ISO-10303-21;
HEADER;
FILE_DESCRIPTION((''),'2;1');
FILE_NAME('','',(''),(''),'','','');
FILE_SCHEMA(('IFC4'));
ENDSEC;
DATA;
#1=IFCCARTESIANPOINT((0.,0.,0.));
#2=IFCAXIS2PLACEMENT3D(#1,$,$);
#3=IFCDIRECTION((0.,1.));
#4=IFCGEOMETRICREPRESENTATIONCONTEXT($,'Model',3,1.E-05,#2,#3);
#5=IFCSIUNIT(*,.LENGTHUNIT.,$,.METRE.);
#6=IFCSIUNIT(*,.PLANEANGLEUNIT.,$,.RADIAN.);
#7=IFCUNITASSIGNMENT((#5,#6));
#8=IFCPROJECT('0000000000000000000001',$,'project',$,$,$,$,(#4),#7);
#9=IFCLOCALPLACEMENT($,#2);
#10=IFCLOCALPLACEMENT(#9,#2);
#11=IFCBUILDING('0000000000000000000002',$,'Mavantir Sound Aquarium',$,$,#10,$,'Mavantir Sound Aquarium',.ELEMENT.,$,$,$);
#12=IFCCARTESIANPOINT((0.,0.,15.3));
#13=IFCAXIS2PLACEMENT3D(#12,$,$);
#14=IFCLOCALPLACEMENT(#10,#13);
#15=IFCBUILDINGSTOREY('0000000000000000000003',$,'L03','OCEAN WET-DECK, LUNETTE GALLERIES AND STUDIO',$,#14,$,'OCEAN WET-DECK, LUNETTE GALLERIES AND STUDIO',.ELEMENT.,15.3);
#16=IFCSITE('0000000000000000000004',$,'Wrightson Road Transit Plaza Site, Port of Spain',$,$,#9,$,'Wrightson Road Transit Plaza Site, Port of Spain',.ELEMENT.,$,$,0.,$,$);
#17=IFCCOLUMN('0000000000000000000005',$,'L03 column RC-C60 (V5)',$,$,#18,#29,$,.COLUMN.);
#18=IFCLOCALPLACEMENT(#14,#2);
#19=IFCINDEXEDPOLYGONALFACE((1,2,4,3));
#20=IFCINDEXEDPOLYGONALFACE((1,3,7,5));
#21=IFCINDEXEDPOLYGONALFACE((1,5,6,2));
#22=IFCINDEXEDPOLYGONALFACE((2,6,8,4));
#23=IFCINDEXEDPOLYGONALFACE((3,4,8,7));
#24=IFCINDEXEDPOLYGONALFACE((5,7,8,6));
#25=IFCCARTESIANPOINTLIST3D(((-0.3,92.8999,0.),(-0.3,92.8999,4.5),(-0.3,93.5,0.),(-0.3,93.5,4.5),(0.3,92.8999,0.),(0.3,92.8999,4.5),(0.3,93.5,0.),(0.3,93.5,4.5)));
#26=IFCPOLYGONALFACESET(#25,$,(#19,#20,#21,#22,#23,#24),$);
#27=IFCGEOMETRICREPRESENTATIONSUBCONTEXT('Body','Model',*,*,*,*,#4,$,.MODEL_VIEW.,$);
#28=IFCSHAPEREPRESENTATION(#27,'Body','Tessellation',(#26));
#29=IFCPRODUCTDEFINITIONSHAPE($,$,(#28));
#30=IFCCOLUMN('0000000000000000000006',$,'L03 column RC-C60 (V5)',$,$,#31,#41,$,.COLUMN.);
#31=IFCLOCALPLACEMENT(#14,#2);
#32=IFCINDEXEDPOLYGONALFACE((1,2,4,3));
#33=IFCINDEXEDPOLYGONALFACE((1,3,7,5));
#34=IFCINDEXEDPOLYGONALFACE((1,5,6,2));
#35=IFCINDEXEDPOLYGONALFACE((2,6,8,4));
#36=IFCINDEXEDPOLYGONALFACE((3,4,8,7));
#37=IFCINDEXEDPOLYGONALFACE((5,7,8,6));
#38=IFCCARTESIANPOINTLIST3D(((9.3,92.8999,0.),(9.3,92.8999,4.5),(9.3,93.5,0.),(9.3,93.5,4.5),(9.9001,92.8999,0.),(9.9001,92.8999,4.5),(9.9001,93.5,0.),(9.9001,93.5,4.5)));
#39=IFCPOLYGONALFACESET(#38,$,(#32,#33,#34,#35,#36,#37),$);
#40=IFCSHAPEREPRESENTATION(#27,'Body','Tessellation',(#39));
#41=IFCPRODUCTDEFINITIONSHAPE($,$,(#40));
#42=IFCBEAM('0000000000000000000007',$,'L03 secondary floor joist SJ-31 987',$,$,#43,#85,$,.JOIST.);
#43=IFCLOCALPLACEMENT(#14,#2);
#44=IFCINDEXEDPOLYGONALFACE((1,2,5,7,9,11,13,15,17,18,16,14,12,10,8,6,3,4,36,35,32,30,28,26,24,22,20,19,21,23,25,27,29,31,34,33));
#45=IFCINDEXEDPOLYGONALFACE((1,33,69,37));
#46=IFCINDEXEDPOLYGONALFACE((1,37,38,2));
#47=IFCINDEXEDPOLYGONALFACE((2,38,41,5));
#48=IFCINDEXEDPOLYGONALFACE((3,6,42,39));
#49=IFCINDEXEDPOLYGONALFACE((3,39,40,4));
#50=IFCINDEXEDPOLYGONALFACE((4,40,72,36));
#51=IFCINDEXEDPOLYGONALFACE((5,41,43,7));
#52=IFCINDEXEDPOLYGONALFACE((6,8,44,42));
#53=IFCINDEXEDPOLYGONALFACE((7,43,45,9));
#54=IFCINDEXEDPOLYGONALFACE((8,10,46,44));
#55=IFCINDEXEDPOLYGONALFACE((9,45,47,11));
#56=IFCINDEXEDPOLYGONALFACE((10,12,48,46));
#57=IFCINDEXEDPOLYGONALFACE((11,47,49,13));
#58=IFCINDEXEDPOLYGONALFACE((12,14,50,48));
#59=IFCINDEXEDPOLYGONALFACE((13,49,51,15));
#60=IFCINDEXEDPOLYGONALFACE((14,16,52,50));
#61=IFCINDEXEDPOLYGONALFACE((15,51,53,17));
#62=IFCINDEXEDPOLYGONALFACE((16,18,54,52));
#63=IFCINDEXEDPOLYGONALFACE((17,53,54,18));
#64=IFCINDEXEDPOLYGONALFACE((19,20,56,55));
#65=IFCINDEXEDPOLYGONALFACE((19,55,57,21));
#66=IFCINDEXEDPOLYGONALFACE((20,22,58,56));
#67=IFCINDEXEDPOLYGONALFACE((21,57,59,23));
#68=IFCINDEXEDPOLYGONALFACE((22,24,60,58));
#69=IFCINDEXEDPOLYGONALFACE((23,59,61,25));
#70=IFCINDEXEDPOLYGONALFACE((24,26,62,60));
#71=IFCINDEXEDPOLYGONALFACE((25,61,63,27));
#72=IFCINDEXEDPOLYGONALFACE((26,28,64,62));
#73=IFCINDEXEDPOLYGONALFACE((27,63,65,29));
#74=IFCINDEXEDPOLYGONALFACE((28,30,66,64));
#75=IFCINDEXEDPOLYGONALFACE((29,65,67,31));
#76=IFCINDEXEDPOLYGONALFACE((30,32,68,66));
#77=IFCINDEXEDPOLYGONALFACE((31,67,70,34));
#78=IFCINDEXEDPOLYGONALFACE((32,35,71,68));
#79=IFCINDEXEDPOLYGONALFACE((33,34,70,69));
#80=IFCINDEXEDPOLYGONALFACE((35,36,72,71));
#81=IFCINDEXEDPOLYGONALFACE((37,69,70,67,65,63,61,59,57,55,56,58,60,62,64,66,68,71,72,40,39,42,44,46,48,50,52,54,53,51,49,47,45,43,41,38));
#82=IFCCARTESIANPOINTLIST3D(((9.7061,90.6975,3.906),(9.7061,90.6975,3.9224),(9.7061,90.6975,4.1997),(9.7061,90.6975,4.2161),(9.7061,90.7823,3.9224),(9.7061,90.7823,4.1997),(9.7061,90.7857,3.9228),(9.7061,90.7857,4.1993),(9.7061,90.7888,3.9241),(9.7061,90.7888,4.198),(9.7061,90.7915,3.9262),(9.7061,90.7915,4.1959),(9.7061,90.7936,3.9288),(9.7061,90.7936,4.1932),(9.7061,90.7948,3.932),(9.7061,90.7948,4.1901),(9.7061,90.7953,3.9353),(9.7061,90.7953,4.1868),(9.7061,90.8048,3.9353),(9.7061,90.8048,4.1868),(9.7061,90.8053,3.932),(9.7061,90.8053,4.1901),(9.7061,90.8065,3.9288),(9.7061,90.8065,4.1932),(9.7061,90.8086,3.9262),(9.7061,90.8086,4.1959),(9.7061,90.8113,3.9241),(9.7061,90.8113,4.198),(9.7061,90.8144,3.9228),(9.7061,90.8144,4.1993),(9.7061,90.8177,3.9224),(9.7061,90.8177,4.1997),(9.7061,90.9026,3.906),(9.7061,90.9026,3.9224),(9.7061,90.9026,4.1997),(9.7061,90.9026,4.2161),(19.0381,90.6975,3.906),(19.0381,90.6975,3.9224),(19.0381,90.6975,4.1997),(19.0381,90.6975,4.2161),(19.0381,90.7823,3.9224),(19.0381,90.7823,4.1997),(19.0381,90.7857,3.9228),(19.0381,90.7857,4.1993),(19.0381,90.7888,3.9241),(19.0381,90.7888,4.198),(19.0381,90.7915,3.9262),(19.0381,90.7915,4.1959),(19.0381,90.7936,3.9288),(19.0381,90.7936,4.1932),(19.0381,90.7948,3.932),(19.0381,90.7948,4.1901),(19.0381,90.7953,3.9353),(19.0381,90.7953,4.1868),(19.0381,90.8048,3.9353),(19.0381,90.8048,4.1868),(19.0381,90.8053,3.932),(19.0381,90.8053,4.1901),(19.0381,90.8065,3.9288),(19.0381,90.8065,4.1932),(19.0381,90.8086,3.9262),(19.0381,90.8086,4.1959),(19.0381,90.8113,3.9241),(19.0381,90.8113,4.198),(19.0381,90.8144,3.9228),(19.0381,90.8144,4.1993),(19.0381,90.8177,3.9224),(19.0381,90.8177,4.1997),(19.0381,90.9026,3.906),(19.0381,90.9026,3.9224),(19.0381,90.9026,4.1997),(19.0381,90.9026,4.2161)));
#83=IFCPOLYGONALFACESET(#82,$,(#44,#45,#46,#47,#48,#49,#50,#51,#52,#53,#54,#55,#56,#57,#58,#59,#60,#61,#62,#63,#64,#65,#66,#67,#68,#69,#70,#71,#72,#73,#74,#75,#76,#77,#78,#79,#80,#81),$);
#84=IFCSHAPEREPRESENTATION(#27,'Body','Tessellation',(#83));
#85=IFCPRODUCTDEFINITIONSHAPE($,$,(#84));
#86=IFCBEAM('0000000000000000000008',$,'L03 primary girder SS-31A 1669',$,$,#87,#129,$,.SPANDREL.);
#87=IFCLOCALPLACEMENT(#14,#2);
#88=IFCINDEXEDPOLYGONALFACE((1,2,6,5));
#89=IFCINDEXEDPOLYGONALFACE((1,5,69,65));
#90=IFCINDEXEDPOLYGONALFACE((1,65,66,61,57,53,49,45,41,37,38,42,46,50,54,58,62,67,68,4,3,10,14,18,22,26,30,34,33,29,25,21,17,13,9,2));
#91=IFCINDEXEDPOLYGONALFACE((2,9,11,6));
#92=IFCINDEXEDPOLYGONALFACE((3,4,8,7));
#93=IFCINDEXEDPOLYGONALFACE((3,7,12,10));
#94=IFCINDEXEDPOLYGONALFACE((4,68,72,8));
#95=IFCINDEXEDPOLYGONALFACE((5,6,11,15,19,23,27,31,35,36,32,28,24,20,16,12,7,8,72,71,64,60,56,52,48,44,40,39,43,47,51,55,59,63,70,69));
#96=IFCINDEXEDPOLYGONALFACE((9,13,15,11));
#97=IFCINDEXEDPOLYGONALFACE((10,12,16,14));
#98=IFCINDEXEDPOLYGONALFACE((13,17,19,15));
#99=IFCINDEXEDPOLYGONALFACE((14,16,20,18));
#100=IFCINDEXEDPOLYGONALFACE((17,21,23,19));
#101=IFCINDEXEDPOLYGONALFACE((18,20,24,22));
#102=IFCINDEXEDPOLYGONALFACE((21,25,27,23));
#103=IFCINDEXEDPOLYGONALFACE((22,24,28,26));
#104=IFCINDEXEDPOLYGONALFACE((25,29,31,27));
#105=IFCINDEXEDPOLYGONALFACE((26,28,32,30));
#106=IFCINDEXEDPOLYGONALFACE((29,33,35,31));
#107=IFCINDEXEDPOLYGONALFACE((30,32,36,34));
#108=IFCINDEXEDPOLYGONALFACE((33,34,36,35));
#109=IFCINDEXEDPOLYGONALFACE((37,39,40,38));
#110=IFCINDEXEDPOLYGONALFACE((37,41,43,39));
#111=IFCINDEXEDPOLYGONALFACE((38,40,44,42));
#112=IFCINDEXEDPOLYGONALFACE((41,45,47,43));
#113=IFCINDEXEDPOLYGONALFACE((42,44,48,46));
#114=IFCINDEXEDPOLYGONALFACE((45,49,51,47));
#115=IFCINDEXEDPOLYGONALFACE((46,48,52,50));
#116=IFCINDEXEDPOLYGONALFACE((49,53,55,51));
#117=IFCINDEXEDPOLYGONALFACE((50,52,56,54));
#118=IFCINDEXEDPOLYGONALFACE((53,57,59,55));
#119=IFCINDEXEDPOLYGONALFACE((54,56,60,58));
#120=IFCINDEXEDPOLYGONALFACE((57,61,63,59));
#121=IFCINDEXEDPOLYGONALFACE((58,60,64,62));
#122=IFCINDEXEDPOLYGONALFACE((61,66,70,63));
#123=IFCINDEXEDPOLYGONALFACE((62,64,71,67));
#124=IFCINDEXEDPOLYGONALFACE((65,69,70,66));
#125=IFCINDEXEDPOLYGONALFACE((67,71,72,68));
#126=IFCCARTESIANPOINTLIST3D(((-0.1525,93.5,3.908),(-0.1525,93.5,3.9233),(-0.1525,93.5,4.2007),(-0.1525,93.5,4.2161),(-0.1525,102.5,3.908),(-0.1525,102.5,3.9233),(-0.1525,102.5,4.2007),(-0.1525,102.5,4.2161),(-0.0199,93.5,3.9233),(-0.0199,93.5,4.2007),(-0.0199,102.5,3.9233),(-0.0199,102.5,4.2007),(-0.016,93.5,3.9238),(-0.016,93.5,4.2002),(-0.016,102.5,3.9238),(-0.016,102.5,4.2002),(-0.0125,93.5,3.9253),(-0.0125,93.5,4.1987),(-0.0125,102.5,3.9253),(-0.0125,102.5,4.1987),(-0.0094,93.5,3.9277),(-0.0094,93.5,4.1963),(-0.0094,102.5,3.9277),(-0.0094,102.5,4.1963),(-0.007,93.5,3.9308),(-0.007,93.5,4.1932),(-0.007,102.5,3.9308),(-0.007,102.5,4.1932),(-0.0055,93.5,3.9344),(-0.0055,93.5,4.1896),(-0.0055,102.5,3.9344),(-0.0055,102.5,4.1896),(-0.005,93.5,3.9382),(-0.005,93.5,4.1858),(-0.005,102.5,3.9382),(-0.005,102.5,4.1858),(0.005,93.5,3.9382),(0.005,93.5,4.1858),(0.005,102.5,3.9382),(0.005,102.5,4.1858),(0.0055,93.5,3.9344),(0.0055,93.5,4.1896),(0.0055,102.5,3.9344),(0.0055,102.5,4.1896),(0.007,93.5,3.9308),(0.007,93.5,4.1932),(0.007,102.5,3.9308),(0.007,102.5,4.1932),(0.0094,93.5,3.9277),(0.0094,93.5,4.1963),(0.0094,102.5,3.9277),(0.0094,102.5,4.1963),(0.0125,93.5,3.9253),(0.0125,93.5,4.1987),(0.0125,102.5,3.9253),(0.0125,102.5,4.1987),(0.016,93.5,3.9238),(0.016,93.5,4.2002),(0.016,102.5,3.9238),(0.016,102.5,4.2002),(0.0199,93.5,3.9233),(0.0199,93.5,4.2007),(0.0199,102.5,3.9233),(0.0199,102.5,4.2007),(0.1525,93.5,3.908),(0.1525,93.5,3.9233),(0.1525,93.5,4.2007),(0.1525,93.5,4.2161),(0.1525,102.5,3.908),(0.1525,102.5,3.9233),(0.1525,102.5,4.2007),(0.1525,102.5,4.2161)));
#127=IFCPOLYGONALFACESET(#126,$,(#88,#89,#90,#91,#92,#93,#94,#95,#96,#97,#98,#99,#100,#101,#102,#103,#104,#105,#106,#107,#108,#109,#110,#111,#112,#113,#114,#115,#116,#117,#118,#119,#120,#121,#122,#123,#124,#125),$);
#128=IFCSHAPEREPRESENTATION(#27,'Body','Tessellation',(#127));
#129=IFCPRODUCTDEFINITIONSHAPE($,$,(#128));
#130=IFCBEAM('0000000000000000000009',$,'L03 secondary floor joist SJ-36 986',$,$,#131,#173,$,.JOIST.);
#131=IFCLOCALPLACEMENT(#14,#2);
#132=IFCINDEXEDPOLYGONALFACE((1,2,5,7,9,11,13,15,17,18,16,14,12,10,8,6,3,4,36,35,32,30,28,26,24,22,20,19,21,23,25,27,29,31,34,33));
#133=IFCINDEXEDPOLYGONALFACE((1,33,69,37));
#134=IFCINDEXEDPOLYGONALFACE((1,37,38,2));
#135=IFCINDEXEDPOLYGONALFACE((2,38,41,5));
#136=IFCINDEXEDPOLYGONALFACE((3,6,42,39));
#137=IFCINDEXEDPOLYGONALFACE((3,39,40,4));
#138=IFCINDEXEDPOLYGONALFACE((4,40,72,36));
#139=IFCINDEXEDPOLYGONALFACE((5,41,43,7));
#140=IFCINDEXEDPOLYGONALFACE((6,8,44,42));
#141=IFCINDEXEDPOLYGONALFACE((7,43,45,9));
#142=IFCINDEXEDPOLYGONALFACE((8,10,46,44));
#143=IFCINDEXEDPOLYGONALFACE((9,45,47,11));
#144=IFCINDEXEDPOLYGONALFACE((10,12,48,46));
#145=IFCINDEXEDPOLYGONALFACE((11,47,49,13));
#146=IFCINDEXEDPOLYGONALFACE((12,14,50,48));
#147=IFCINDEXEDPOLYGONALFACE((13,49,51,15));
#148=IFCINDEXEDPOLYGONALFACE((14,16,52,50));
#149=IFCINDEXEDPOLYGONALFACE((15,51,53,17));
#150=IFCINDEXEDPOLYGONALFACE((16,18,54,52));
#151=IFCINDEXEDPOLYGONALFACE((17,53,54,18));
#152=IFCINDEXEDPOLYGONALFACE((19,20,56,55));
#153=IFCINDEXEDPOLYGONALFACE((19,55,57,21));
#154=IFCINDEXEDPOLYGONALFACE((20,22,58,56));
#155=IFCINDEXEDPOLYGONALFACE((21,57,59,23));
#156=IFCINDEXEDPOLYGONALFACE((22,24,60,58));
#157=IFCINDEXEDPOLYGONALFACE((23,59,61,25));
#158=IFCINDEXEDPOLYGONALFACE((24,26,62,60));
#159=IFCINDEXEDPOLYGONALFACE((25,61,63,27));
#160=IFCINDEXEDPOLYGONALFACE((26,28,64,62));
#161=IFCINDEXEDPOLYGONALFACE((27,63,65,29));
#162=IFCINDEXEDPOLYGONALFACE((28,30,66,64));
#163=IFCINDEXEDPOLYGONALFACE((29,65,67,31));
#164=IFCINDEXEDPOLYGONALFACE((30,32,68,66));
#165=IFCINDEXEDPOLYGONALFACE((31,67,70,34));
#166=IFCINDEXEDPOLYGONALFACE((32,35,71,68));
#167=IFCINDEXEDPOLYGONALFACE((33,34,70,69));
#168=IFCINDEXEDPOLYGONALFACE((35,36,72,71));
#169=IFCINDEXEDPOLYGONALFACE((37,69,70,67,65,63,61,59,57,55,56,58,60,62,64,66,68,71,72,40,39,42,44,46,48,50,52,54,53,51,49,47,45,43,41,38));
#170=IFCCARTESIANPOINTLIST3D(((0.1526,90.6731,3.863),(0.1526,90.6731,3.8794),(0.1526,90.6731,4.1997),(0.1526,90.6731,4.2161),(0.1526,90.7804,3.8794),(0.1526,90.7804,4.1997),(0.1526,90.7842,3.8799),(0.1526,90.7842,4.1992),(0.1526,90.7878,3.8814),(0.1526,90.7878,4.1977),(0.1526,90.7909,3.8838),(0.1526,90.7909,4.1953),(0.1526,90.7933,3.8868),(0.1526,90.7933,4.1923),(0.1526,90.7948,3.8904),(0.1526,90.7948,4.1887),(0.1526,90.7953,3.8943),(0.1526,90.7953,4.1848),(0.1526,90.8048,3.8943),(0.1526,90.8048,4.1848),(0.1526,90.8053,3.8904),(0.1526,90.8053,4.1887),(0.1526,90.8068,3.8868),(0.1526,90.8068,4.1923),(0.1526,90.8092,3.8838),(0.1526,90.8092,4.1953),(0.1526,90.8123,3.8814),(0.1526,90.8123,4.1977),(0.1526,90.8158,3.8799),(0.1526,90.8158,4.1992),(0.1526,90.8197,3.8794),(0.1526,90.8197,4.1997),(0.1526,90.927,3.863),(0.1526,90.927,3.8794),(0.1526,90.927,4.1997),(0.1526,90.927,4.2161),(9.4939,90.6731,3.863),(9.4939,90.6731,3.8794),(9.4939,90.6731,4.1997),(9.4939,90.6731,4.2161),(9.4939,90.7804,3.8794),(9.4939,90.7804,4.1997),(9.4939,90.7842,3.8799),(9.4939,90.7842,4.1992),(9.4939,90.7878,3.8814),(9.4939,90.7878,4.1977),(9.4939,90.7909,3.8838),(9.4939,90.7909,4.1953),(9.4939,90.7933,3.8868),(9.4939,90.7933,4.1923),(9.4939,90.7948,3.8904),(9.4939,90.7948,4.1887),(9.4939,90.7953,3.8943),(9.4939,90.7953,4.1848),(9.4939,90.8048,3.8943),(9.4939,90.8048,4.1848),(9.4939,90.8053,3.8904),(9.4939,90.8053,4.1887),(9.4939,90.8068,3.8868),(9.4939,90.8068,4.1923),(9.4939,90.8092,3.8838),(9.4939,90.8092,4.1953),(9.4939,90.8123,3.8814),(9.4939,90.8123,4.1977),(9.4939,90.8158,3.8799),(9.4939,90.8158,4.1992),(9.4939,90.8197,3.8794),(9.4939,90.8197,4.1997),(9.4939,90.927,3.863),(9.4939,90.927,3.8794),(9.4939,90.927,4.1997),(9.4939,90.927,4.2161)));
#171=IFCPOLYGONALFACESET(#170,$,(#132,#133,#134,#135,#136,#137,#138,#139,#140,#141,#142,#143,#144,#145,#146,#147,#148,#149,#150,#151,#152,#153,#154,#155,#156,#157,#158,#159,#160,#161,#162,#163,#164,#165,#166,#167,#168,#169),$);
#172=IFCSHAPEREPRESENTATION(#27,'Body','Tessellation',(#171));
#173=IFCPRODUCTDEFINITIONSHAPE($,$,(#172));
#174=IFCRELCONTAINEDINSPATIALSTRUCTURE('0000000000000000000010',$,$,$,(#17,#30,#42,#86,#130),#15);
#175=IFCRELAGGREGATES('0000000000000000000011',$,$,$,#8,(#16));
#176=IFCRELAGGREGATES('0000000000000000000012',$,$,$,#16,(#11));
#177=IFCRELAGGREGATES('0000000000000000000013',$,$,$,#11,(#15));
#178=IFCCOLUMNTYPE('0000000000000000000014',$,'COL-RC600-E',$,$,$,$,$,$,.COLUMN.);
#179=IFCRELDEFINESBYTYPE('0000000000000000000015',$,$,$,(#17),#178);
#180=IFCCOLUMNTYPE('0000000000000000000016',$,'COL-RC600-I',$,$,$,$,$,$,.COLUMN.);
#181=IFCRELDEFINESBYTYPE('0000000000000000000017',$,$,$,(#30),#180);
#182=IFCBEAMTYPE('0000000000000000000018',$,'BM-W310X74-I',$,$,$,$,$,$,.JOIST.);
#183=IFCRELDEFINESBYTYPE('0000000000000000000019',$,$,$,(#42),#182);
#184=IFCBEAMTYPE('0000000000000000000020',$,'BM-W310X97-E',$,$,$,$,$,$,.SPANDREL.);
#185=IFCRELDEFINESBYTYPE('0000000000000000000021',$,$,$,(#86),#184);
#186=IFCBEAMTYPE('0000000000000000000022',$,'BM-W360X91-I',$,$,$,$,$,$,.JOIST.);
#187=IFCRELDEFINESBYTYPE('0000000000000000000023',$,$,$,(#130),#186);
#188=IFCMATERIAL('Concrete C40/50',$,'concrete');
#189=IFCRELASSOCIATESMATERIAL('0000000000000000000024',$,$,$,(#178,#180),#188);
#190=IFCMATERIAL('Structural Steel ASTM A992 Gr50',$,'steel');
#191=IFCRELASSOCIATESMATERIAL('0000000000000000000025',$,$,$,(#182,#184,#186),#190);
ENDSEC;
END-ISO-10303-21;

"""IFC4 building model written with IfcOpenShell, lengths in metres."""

from ifc_helpers import new_model, si_unit, direction, frame, origin, origin_2d, place, context, subcontext, project, spatial, rectangle, i_section, extrude, material, material_profile, profile_set, type_object, element, save


model = new_model("IFC4")

# Units and contexts
model_context = context("Model", 3, precision=1e-05, world=origin(), true_north=direction((0.0, 1.0)))
body_context = subcontext(model_context, "Body", "Model", "MODEL_VIEW")
ifc_project = project(units=[si_unit("LENGTHUNIT", "METRE"), si_unit("PLANEANGLEUNIT", "RADIAN")], contexts=[model_context])

# Site, building, storey
site_placement = place(None, origin())
site = spatial("IfcSite", under=ifc_project, at=site_placement, Name="Wrightson Road Transit Plaza Site, Port of Spain", LongName="Wrightson Road Transit Plaza Site, Port of Spain", CompositionType="ELEMENT", RefElevation=0.0)
building_placement = place(site_placement, origin())
building = spatial("IfcBuilding", under=site, at=building_placement, Name="Mavantir Sound Aquarium", LongName="Mavantir Sound Aquarium", CompositionType="ELEMENT")
storey_placement = place(building_placement, frame((0.0, 0.0, 15.3)))
storey = spatial("IfcBuildingStorey", under=building, at=storey_placement, Name="L03", Description="OCEAN WET-DECK, LUNETTE GALLERIES AND STUDIO", LongName="OCEAN WET-DECK, LUNETTE GALLERIES AND STUDIO", CompositionType="ELEMENT", Elevation=15.3)

# Columns
ifc_material_1 = material(Name="Concrete C40/50", Category="concrete")
ifc_material_profile_1 = material_profile(ifc_material_1, rectangle(XDim=0.6001, YDim=0.6001, at=origin_2d()), Name="RC 600X600")
ifc_profile_set_1 = profile_set([ifc_material_profile_1], Name="Concrete C40/50")
column_type_1 = type_object("IfcColumnType", Name="COL-RC600-E", PredefinedType="COLUMN", material=ifc_profile_set_1)
column_1_placement = place(storey_placement, frame((0.0, 93.2, 0.0), z_axis=(0.0, 0.0, 1.0), x_axis=(1.0, 0.0, 0.0)))
element("IfcColumn", 1, at=column_1_placement, inside=storey, type_object=column_type_1, Name="L03 column RC-C60 (V5)", PredefinedType="COLUMN", context=body_context, shape_type="SweptSolid", body=[
    extrude(rectangle(XDim=0.6001, YDim=0.6001, at=origin_2d()), origin(), (0.0, 0.0, 1.0), 4.5),
])
ifc_material_profile_2 = material_profile(ifc_material_1, rectangle(XDim=0.6001, YDim=0.6001, at=origin_2d()), Name="RC 600X600")
ifc_profile_set_2 = profile_set([ifc_material_profile_2], Name="Concrete C40/50")
column_type_2 = type_object("IfcColumnType", Name="COL-RC600-I", PredefinedType="COLUMN", material=ifc_profile_set_2)
column_2_placement = place(storey_placement, frame((9.6001, 93.2, 0.0), z_axis=(0.0, 0.0, 1.0), x_axis=(1.0, 0.0, 0.0)))
element("IfcColumn", 2, at=column_2_placement, inside=storey, type_object=column_type_2, Name="L03 column RC-C60 (V5)", PredefinedType="COLUMN", context=body_context, shape_type="SweptSolid", body=[
    extrude(rectangle(XDim=0.6001, YDim=0.6001, at=origin_2d()), origin(), (0.0, 0.0, 1.0), 4.5),
])

# Beams
ifc_material_2 = material(Name="Structural Steel ASTM A992 Gr50", Category="steel")
ifc_material_profile_3 = material_profile(ifc_material_2, i_section(OverallWidth=0.2051, OverallDepth=0.3101, WebThickness=0.0095, FlangeThickness=0.0164, FilletRadius=0.0129, at=origin_2d()), Name="W310X74")
ifc_profile_set_3 = profile_set([ifc_material_profile_3], Name="Structural Steel ASTM A992 Gr50")
beam_type_1 = type_object("IfcBeamType", Name="BM-W310X74-I", PredefinedType="JOIST", material=ifc_profile_set_3)
beam_1_placement = place(storey_placement, frame((9.7061, 90.8, 4.061), z_axis=(1.0, 0.0, 0.0), x_axis=(0.0, 1.0, 0.0)))
element("IfcBeam", 3, at=beam_1_placement, inside=storey, type_object=beam_type_1, Name="L03 secondary floor joist SJ-31 987", PredefinedType="JOIST", context=body_context, shape_type="SweptSolid", body=[
    extrude(i_section(OverallWidth=0.2051, OverallDepth=0.3101, WebThickness=0.0095, FlangeThickness=0.0164, FilletRadius=0.0129, at=origin_2d()), origin(), (0.0, 0.0, 1.0), 9.332),
])
ifc_material_profile_4 = material_profile(ifc_material_2, i_section(OverallWidth=0.3049, OverallDepth=0.3081, WebThickness=0.01, FlangeThickness=0.0154, FilletRadius=0.0149, at=origin_2d()), Name="W310X97")
ifc_profile_set_4 = profile_set([ifc_material_profile_4], Name="Structural Steel ASTM A992 Gr50")
beam_type_2 = type_object("IfcBeamType", Name="BM-W310X97-E", PredefinedType="SPANDREL", material=ifc_profile_set_4)
beam_2_placement = place(storey_placement, frame((0.0, 93.5, 4.062), z_axis=(0.0, 1.0, 0.0), x_axis=(-1.0, 0.0, 0.0)))
element("IfcBeam", 4, at=beam_2_placement, inside=storey, type_object=beam_type_2, Name="L03 primary girder SS-31A 1669", PredefinedType="SPANDREL", context=body_context, shape_type="SweptSolid", body=[
    extrude(i_section(OverallWidth=0.3049, OverallDepth=0.3081, WebThickness=0.01, FlangeThickness=0.0154, FilletRadius=0.0149, at=origin_2d()), origin(), (0.0, 0.0, 1.0), 9.0),
])
ifc_material_profile_5 = material_profile(ifc_material_2, i_section(OverallWidth=0.2539, OverallDepth=0.353, WebThickness=0.0095, FlangeThickness=0.0164, FilletRadius=0.0149, at=origin_2d()), Name="W360X91")
ifc_profile_set_5 = profile_set([ifc_material_profile_5], Name="Structural Steel ASTM A992 Gr50")
beam_type_3 = type_object("IfcBeamType", Name="BM-W360X91-I", PredefinedType="JOIST", material=ifc_profile_set_5)
beam_3_placement = place(storey_placement, frame((0.1526, 90.8, 4.0396), z_axis=(1.0, 0.0, 0.0), x_axis=(0.0, 1.0, 0.0)))
element("IfcBeam", 5, at=beam_3_placement, inside=storey, type_object=beam_type_3, Name="L03 secondary floor joist SJ-36 986", PredefinedType="JOIST", context=body_context, shape_type="SweptSolid", body=[
    extrude(i_section(OverallWidth=0.2539, OverallDepth=0.353, WebThickness=0.0095, FlangeThickness=0.0164, FilletRadius=0.0149, at=origin_2d()), origin(), (0.0, 0.0, 1.0), 9.3413),
])

save(model, "model.ifc")
